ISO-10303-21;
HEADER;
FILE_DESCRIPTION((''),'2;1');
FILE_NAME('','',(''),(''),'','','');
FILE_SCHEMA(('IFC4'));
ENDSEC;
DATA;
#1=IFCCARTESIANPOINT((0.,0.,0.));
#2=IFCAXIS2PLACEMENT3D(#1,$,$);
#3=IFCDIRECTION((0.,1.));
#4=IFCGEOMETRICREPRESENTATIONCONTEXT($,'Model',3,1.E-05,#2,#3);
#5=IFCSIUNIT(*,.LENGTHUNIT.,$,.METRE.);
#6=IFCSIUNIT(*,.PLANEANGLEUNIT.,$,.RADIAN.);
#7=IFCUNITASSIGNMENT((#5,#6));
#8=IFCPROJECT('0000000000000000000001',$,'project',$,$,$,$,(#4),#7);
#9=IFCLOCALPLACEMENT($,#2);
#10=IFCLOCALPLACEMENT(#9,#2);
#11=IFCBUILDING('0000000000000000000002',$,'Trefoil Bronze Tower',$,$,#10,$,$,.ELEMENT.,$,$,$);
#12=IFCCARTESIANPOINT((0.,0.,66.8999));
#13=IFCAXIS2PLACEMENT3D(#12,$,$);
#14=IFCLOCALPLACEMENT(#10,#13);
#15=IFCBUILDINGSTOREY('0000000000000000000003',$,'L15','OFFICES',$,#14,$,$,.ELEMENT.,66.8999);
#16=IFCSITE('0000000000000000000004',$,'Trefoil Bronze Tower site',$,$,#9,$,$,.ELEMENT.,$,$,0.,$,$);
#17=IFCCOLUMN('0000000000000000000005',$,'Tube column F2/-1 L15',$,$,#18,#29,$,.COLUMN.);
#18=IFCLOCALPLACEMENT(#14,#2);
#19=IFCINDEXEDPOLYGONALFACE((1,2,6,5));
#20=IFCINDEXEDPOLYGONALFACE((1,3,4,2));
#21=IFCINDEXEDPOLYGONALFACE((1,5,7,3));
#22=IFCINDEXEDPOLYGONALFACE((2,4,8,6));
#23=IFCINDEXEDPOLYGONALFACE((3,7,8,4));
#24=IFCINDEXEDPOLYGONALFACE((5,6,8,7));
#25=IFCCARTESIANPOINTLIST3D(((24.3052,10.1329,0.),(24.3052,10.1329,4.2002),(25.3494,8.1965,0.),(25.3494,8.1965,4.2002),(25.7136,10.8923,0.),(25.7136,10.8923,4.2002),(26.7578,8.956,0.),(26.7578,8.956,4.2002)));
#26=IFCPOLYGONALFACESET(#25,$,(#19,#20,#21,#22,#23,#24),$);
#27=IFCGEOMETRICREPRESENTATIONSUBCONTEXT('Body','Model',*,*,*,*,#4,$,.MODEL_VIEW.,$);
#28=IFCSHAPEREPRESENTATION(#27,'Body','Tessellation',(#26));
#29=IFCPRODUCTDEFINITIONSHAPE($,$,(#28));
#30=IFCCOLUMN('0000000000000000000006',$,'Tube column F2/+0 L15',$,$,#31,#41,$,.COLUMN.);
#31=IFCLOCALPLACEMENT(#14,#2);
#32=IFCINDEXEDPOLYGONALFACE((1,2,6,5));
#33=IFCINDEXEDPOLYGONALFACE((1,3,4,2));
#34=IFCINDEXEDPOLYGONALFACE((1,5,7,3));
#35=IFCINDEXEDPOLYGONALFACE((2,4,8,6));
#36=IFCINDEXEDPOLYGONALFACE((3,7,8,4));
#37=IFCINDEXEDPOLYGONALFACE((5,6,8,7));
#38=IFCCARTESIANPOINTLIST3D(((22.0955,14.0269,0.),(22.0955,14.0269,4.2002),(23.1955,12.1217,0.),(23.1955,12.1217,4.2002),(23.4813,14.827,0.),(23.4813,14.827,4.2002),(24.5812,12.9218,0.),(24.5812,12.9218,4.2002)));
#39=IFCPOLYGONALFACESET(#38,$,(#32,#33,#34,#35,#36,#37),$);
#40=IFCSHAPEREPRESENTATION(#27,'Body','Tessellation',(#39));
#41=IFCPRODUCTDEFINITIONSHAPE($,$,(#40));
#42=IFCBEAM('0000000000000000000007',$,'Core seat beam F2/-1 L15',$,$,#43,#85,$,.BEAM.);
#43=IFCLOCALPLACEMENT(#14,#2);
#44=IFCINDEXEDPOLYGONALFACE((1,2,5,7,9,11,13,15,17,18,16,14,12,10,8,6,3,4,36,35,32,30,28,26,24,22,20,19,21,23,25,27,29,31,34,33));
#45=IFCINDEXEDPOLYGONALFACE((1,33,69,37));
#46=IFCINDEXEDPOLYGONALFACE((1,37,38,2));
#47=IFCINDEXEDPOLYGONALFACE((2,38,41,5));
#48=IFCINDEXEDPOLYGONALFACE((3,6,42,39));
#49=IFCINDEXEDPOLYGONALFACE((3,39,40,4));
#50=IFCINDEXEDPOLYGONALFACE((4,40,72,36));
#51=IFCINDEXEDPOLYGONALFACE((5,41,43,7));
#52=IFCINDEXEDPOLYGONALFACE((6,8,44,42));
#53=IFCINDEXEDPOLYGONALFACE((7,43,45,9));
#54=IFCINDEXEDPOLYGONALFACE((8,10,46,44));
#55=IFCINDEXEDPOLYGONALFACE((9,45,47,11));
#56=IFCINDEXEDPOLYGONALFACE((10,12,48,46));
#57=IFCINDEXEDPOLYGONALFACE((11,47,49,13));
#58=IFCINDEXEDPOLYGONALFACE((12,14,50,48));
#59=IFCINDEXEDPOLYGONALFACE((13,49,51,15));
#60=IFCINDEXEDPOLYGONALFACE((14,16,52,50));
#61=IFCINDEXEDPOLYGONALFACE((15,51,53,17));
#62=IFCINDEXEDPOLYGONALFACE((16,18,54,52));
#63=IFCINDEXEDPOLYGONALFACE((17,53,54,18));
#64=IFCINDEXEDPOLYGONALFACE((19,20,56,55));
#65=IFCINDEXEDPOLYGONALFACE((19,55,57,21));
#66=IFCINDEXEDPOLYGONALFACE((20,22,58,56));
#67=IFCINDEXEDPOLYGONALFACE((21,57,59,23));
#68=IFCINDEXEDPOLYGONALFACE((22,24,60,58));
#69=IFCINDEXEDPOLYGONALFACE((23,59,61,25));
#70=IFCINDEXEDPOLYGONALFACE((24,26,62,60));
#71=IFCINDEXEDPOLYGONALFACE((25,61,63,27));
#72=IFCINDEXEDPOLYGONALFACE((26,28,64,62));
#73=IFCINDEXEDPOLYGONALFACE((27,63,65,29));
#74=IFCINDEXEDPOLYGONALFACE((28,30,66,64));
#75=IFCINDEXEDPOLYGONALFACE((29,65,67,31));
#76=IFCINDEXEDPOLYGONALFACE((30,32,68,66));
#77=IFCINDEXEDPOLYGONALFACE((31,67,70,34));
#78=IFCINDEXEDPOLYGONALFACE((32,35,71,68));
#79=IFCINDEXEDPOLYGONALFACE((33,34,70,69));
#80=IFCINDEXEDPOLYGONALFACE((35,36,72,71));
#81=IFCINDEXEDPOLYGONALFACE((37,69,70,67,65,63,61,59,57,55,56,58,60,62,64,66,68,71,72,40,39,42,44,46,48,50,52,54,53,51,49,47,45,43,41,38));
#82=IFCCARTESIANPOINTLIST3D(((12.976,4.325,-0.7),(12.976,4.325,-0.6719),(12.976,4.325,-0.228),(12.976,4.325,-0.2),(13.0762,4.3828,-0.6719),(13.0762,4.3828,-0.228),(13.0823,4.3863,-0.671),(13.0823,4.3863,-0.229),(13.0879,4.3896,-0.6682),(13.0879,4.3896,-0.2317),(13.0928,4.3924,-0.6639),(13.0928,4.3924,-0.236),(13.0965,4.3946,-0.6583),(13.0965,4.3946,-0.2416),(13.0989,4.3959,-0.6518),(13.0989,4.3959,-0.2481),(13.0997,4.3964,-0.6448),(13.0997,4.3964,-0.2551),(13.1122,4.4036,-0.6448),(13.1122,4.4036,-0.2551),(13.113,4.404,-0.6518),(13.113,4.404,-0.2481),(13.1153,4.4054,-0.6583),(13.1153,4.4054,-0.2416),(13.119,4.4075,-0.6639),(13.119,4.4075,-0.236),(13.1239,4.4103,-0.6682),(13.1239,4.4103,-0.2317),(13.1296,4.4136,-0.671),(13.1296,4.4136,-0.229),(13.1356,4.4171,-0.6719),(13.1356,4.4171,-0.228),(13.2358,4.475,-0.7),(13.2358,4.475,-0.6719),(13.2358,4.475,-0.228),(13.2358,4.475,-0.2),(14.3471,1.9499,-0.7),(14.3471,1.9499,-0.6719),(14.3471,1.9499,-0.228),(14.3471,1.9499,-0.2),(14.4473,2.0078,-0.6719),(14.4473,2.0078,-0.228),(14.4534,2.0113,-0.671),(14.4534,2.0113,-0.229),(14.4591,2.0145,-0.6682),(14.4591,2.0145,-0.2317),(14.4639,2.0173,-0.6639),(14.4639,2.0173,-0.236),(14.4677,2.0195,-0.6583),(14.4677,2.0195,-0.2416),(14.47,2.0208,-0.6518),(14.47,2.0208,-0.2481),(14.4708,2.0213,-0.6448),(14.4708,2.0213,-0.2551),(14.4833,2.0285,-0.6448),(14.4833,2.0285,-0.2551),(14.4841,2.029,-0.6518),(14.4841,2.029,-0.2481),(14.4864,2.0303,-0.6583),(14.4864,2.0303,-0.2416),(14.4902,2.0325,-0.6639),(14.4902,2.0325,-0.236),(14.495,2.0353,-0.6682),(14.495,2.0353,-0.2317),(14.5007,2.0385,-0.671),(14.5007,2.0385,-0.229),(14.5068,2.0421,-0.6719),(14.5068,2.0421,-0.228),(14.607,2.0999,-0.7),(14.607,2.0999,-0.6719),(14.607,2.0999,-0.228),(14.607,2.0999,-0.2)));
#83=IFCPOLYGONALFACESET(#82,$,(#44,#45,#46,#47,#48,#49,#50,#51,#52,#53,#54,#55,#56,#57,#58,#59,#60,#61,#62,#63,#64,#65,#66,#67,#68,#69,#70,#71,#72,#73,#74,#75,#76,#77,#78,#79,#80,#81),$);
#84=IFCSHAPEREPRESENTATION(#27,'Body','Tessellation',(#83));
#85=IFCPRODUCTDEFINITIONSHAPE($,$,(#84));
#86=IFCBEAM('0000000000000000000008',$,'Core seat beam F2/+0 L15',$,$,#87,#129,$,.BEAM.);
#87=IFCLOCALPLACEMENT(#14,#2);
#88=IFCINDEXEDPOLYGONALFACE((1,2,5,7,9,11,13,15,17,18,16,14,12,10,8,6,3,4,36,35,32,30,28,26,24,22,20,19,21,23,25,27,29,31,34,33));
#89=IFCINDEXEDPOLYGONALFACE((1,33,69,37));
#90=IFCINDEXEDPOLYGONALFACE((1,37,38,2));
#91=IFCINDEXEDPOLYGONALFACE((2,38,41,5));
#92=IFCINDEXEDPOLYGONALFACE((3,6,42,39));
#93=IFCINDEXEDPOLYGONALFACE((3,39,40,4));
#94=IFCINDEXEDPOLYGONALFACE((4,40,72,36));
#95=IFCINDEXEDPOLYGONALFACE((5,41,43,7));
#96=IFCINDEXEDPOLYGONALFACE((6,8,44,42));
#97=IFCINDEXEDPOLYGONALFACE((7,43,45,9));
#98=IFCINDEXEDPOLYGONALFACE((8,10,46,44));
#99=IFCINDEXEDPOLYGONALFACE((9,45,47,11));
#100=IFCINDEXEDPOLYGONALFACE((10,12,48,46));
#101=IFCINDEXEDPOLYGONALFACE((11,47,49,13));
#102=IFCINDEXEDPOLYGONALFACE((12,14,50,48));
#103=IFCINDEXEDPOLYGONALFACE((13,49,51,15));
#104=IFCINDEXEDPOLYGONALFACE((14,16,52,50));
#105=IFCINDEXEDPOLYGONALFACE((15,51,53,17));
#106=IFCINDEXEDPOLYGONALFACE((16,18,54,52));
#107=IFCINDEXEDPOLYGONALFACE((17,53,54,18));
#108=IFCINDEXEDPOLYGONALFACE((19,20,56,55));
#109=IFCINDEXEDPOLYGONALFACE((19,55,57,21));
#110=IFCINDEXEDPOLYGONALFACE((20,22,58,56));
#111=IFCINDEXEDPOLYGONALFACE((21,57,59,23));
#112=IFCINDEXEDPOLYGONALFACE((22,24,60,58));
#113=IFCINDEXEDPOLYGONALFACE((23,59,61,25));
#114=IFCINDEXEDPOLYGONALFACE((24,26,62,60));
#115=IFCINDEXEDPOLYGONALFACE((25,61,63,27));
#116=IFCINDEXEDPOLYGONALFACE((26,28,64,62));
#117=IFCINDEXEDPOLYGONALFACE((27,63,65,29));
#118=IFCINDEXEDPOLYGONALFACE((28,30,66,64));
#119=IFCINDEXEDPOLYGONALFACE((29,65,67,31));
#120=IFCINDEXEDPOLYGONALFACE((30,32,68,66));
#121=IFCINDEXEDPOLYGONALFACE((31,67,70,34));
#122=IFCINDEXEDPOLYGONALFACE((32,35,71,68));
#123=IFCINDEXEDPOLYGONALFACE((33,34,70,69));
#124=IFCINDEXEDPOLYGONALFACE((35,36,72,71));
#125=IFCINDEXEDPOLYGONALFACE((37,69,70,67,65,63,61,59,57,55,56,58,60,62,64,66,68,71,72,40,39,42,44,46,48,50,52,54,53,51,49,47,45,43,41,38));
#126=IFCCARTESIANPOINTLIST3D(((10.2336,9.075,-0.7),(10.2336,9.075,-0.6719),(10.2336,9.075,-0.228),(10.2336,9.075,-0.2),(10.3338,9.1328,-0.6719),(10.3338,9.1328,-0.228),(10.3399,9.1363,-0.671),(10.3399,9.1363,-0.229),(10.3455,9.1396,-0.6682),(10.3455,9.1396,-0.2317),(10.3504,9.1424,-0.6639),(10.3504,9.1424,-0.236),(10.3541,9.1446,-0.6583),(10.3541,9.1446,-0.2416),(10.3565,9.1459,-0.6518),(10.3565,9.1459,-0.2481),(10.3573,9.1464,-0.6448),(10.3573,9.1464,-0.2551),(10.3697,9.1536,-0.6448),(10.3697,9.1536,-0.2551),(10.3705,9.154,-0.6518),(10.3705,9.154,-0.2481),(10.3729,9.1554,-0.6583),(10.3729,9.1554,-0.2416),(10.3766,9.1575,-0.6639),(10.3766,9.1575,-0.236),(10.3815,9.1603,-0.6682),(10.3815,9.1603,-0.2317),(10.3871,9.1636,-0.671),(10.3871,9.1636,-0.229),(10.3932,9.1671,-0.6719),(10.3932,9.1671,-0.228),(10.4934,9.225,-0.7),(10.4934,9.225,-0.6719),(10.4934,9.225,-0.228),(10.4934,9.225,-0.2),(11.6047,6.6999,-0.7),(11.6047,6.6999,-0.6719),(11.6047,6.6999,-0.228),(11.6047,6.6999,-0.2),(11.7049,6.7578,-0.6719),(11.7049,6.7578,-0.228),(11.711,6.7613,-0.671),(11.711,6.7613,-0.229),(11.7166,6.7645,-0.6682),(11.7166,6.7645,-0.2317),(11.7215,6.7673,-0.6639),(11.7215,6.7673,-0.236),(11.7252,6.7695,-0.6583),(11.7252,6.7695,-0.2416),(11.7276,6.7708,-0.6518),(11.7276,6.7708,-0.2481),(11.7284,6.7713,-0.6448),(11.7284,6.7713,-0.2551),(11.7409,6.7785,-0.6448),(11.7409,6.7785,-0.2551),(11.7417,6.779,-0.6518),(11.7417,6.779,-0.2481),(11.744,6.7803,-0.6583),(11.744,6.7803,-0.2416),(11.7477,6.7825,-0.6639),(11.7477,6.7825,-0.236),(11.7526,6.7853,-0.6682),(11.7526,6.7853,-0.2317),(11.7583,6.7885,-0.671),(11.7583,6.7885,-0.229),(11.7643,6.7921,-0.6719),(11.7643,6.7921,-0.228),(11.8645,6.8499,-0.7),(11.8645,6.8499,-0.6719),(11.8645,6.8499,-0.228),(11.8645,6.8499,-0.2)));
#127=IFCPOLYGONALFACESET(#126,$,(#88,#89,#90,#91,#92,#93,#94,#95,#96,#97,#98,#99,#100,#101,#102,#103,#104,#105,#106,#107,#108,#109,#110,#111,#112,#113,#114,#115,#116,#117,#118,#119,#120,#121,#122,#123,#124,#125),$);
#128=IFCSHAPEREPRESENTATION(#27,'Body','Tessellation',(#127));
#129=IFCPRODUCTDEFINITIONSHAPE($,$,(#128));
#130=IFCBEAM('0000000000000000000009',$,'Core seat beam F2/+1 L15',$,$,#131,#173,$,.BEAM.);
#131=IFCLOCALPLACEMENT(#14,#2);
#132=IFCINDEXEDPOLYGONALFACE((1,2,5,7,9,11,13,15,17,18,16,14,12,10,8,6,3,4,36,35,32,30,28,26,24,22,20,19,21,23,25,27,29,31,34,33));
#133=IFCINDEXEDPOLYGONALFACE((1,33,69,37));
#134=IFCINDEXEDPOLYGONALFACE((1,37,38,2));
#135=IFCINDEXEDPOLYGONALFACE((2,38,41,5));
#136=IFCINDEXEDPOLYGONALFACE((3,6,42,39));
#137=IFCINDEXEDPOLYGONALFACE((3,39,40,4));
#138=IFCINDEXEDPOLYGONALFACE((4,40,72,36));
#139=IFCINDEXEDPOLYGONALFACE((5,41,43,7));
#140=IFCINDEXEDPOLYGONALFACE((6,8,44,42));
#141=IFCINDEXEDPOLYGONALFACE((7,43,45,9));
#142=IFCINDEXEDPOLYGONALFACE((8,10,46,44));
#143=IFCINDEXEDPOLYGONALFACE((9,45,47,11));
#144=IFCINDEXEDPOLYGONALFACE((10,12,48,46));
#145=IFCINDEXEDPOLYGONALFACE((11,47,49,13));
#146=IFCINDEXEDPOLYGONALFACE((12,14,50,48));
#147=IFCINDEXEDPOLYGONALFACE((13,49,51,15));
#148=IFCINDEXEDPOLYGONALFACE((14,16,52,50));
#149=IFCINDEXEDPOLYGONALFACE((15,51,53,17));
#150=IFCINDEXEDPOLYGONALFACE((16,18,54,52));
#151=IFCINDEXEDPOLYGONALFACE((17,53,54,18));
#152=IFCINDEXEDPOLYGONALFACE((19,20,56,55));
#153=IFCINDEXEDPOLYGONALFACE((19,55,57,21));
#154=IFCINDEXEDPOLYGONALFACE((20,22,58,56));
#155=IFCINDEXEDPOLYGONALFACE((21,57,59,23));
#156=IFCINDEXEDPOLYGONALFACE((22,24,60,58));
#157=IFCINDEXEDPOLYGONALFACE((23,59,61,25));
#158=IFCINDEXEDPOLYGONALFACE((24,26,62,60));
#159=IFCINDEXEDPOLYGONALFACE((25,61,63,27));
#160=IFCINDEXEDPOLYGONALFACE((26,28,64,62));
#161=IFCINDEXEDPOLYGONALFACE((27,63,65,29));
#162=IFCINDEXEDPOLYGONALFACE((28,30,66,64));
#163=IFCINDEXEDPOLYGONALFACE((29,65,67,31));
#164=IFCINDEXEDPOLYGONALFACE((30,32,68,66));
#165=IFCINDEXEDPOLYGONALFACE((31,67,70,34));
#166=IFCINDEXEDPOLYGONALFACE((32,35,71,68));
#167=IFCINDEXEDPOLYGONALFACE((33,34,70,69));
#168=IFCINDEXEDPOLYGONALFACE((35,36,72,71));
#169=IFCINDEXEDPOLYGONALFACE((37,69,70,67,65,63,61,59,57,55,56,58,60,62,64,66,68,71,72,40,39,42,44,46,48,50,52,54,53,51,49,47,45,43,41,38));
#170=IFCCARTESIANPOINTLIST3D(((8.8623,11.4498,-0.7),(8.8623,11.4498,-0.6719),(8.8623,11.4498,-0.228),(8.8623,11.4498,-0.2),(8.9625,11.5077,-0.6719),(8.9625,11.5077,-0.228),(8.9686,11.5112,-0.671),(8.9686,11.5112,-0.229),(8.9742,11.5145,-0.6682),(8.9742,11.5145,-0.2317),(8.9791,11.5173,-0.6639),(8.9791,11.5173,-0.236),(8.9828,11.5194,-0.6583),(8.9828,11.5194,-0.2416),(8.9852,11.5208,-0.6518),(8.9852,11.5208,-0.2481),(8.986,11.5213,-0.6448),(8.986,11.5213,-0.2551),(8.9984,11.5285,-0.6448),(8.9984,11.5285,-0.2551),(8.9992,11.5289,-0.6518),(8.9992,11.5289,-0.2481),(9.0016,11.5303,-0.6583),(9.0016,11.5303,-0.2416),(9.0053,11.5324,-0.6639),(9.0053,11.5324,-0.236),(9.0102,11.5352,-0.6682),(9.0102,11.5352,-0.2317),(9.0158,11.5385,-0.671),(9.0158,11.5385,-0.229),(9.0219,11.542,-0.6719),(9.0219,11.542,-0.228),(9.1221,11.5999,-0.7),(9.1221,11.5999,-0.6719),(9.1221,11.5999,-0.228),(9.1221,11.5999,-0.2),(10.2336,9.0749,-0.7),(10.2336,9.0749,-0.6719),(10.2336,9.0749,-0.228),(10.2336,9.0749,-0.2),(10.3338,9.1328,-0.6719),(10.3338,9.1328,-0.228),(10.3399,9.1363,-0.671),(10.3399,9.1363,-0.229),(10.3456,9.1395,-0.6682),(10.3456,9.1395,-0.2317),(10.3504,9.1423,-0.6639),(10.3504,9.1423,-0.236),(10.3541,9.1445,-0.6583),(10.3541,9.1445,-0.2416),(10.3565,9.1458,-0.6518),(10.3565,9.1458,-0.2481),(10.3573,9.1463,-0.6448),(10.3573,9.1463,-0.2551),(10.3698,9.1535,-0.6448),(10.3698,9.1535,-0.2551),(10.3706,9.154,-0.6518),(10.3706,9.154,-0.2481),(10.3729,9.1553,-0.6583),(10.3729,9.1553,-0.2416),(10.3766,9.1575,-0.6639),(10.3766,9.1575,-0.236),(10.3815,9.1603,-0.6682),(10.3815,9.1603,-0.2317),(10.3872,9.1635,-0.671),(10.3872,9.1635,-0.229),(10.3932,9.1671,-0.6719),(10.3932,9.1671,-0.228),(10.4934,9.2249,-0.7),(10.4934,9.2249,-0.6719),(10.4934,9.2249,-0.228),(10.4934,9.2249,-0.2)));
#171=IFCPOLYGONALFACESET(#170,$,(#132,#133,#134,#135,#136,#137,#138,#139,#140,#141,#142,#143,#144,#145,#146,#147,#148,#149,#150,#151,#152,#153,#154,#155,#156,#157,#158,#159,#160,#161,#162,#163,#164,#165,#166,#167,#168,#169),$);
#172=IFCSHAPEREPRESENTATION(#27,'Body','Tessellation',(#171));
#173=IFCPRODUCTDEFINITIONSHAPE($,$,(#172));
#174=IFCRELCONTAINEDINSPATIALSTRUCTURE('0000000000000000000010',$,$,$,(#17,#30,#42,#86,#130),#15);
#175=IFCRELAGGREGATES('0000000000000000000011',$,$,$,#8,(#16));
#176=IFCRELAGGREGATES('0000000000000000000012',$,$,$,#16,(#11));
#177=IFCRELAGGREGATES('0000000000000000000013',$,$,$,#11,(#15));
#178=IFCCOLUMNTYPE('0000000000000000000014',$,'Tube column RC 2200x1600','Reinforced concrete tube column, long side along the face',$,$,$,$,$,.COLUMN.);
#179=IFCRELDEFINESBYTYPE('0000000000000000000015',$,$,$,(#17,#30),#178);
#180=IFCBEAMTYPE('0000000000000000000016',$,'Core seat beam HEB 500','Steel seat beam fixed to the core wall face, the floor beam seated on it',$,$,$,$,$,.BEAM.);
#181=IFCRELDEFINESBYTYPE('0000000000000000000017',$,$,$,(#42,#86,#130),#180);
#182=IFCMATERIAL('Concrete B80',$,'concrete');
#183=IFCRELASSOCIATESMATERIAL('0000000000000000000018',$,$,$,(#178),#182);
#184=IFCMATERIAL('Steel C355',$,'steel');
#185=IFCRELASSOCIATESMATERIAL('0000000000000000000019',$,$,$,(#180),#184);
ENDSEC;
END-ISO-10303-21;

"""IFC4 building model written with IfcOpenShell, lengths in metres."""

from ifc_helpers import new_model, si_unit, direction, frame, origin, origin_2d, place, context, subcontext, project, spatial, rectangle, i_section, extrude, material, material_profile, profile_set, type_object, element, save


model = new_model("IFC4")

# Units and contexts
model_context = context("Model", 3, precision=1e-05, world=origin(), true_north=direction((0.0, 1.0)))
body_context = subcontext(model_context, "Body", "Model", "MODEL_VIEW")
ifc_project = project(units=[si_unit("LENGTHUNIT", "METRE"), si_unit("PLANEANGLEUNIT", "RADIAN")], contexts=[model_context])

# Site, building, storey
site_placement = place(None, origin())
site = spatial("IfcSite", under=ifc_project, at=site_placement, Name="Trefoil Bronze Tower site", CompositionType="ELEMENT", RefElevation=0.0)
building_placement = place(site_placement, origin())
building = spatial("IfcBuilding", under=site, at=building_placement, Name="Trefoil Bronze Tower", CompositionType="ELEMENT")
storey_placement = place(building_placement, frame((0.0, 0.0, 66.8999)))
storey = spatial("IfcBuildingStorey", under=building, at=storey_placement, Name="L15", Description="OFFICES", CompositionType="ELEMENT", Elevation=66.8999)

# Columns
ifc_material_1 = material(Name="Concrete B80", Category="concrete")
ifc_material_profile_1 = material_profile(ifc_material_1, rectangle(XDim=2.2, YDim=1.6001, at=origin_2d()), Name="RC 2200x1600")
ifc_profile_set_1 = profile_set([ifc_material_profile_1], Name="Concrete B80")
column_type = type_object("IfcColumnType", Name="Tube column RC 2200x1600", Description="Reinforced concrete tube column, long side along the face", PredefinedType="COLUMN", material=ifc_profile_set_1)
for number, where, z_axis, x_axis, name in (
    (1, (25.5315, 9.5444, 0.0), (0.0, 0.0, 1.0), (-0.474656, 0.880171, 0.0), "Tube column F2/-1 L15"),
    (2, (23.3384, 13.4744, 0.0), (0.0, 0.0, 1.0), (-0.5, 0.866025, 0.0), "Tube column F2/+0 L15"),
):
    element("IfcColumn", number, at=place(storey_placement, frame(where, z_axis=z_axis, x_axis=x_axis)), inside=storey, type_object=column_type, Name=name, PredefinedType="COLUMN", context=body_context, shape_type="SweptSolid", body=[
        extrude(rectangle(XDim=2.2, YDim=1.6001, at=origin_2d()), origin(), (0.0, 0.0, 1.0), 4.2002),
    ])

# Beams
ifc_material_2 = material(Name="Steel C355", Category="steel")
ifc_material_profile_2 = material_profile(ifc_material_2, i_section(OverallWidth=0.3, OverallDepth=0.5, WebThickness=0.0144, FlangeThickness=0.0281, FilletRadius=0.0271, at=origin_2d()), Name="HEB 500")
ifc_profile_set_2 = profile_set([ifc_material_profile_2], Name="Steel C355")
beam_type_1 = type_object("IfcBeamType", Name="Core seat beam HEB 500", Description="Steel seat beam fixed to the core wall face, the floor beam seated on it", PredefinedType="BEAM", material=ifc_profile_set_2)
for number, where, z_axis, x_axis, name in (
    (3, (14.4771, 2.0249, -0.45), (-0.499969, 0.866043, 0.0), (-0.866043, -0.499969, 0.0), "Core seat beam F2/-1 L15"),
    (4, (11.7346, 6.7749, -0.45), (-0.499969, 0.866043, 0.0), (-0.866043, -0.499969, 0.0), "Core seat beam F2/+0 L15"),
    (5, (10.3635, 9.1499, -0.45), (-0.500036, 0.866005, 0.0), (-0.866005, -0.500036, 0.0), "Core seat beam F2/+1 L15"),
):
    element("IfcBeam", number, at=place(storey_placement, frame(where, z_axis=z_axis, x_axis=x_axis)), inside=storey, type_object=beam_type_1, Name=name, PredefinedType="BEAM", context=body_context, shape_type="SweptSolid", body=[
        extrude(i_section(OverallWidth=0.3, OverallDepth=0.5, WebThickness=0.0144, FlangeThickness=0.0281, FilletRadius=0.0271, at=origin_2d()), origin(), (0.0, 0.0, 1.0), 2.7424),
    ])

save(model, "model.ifc")
